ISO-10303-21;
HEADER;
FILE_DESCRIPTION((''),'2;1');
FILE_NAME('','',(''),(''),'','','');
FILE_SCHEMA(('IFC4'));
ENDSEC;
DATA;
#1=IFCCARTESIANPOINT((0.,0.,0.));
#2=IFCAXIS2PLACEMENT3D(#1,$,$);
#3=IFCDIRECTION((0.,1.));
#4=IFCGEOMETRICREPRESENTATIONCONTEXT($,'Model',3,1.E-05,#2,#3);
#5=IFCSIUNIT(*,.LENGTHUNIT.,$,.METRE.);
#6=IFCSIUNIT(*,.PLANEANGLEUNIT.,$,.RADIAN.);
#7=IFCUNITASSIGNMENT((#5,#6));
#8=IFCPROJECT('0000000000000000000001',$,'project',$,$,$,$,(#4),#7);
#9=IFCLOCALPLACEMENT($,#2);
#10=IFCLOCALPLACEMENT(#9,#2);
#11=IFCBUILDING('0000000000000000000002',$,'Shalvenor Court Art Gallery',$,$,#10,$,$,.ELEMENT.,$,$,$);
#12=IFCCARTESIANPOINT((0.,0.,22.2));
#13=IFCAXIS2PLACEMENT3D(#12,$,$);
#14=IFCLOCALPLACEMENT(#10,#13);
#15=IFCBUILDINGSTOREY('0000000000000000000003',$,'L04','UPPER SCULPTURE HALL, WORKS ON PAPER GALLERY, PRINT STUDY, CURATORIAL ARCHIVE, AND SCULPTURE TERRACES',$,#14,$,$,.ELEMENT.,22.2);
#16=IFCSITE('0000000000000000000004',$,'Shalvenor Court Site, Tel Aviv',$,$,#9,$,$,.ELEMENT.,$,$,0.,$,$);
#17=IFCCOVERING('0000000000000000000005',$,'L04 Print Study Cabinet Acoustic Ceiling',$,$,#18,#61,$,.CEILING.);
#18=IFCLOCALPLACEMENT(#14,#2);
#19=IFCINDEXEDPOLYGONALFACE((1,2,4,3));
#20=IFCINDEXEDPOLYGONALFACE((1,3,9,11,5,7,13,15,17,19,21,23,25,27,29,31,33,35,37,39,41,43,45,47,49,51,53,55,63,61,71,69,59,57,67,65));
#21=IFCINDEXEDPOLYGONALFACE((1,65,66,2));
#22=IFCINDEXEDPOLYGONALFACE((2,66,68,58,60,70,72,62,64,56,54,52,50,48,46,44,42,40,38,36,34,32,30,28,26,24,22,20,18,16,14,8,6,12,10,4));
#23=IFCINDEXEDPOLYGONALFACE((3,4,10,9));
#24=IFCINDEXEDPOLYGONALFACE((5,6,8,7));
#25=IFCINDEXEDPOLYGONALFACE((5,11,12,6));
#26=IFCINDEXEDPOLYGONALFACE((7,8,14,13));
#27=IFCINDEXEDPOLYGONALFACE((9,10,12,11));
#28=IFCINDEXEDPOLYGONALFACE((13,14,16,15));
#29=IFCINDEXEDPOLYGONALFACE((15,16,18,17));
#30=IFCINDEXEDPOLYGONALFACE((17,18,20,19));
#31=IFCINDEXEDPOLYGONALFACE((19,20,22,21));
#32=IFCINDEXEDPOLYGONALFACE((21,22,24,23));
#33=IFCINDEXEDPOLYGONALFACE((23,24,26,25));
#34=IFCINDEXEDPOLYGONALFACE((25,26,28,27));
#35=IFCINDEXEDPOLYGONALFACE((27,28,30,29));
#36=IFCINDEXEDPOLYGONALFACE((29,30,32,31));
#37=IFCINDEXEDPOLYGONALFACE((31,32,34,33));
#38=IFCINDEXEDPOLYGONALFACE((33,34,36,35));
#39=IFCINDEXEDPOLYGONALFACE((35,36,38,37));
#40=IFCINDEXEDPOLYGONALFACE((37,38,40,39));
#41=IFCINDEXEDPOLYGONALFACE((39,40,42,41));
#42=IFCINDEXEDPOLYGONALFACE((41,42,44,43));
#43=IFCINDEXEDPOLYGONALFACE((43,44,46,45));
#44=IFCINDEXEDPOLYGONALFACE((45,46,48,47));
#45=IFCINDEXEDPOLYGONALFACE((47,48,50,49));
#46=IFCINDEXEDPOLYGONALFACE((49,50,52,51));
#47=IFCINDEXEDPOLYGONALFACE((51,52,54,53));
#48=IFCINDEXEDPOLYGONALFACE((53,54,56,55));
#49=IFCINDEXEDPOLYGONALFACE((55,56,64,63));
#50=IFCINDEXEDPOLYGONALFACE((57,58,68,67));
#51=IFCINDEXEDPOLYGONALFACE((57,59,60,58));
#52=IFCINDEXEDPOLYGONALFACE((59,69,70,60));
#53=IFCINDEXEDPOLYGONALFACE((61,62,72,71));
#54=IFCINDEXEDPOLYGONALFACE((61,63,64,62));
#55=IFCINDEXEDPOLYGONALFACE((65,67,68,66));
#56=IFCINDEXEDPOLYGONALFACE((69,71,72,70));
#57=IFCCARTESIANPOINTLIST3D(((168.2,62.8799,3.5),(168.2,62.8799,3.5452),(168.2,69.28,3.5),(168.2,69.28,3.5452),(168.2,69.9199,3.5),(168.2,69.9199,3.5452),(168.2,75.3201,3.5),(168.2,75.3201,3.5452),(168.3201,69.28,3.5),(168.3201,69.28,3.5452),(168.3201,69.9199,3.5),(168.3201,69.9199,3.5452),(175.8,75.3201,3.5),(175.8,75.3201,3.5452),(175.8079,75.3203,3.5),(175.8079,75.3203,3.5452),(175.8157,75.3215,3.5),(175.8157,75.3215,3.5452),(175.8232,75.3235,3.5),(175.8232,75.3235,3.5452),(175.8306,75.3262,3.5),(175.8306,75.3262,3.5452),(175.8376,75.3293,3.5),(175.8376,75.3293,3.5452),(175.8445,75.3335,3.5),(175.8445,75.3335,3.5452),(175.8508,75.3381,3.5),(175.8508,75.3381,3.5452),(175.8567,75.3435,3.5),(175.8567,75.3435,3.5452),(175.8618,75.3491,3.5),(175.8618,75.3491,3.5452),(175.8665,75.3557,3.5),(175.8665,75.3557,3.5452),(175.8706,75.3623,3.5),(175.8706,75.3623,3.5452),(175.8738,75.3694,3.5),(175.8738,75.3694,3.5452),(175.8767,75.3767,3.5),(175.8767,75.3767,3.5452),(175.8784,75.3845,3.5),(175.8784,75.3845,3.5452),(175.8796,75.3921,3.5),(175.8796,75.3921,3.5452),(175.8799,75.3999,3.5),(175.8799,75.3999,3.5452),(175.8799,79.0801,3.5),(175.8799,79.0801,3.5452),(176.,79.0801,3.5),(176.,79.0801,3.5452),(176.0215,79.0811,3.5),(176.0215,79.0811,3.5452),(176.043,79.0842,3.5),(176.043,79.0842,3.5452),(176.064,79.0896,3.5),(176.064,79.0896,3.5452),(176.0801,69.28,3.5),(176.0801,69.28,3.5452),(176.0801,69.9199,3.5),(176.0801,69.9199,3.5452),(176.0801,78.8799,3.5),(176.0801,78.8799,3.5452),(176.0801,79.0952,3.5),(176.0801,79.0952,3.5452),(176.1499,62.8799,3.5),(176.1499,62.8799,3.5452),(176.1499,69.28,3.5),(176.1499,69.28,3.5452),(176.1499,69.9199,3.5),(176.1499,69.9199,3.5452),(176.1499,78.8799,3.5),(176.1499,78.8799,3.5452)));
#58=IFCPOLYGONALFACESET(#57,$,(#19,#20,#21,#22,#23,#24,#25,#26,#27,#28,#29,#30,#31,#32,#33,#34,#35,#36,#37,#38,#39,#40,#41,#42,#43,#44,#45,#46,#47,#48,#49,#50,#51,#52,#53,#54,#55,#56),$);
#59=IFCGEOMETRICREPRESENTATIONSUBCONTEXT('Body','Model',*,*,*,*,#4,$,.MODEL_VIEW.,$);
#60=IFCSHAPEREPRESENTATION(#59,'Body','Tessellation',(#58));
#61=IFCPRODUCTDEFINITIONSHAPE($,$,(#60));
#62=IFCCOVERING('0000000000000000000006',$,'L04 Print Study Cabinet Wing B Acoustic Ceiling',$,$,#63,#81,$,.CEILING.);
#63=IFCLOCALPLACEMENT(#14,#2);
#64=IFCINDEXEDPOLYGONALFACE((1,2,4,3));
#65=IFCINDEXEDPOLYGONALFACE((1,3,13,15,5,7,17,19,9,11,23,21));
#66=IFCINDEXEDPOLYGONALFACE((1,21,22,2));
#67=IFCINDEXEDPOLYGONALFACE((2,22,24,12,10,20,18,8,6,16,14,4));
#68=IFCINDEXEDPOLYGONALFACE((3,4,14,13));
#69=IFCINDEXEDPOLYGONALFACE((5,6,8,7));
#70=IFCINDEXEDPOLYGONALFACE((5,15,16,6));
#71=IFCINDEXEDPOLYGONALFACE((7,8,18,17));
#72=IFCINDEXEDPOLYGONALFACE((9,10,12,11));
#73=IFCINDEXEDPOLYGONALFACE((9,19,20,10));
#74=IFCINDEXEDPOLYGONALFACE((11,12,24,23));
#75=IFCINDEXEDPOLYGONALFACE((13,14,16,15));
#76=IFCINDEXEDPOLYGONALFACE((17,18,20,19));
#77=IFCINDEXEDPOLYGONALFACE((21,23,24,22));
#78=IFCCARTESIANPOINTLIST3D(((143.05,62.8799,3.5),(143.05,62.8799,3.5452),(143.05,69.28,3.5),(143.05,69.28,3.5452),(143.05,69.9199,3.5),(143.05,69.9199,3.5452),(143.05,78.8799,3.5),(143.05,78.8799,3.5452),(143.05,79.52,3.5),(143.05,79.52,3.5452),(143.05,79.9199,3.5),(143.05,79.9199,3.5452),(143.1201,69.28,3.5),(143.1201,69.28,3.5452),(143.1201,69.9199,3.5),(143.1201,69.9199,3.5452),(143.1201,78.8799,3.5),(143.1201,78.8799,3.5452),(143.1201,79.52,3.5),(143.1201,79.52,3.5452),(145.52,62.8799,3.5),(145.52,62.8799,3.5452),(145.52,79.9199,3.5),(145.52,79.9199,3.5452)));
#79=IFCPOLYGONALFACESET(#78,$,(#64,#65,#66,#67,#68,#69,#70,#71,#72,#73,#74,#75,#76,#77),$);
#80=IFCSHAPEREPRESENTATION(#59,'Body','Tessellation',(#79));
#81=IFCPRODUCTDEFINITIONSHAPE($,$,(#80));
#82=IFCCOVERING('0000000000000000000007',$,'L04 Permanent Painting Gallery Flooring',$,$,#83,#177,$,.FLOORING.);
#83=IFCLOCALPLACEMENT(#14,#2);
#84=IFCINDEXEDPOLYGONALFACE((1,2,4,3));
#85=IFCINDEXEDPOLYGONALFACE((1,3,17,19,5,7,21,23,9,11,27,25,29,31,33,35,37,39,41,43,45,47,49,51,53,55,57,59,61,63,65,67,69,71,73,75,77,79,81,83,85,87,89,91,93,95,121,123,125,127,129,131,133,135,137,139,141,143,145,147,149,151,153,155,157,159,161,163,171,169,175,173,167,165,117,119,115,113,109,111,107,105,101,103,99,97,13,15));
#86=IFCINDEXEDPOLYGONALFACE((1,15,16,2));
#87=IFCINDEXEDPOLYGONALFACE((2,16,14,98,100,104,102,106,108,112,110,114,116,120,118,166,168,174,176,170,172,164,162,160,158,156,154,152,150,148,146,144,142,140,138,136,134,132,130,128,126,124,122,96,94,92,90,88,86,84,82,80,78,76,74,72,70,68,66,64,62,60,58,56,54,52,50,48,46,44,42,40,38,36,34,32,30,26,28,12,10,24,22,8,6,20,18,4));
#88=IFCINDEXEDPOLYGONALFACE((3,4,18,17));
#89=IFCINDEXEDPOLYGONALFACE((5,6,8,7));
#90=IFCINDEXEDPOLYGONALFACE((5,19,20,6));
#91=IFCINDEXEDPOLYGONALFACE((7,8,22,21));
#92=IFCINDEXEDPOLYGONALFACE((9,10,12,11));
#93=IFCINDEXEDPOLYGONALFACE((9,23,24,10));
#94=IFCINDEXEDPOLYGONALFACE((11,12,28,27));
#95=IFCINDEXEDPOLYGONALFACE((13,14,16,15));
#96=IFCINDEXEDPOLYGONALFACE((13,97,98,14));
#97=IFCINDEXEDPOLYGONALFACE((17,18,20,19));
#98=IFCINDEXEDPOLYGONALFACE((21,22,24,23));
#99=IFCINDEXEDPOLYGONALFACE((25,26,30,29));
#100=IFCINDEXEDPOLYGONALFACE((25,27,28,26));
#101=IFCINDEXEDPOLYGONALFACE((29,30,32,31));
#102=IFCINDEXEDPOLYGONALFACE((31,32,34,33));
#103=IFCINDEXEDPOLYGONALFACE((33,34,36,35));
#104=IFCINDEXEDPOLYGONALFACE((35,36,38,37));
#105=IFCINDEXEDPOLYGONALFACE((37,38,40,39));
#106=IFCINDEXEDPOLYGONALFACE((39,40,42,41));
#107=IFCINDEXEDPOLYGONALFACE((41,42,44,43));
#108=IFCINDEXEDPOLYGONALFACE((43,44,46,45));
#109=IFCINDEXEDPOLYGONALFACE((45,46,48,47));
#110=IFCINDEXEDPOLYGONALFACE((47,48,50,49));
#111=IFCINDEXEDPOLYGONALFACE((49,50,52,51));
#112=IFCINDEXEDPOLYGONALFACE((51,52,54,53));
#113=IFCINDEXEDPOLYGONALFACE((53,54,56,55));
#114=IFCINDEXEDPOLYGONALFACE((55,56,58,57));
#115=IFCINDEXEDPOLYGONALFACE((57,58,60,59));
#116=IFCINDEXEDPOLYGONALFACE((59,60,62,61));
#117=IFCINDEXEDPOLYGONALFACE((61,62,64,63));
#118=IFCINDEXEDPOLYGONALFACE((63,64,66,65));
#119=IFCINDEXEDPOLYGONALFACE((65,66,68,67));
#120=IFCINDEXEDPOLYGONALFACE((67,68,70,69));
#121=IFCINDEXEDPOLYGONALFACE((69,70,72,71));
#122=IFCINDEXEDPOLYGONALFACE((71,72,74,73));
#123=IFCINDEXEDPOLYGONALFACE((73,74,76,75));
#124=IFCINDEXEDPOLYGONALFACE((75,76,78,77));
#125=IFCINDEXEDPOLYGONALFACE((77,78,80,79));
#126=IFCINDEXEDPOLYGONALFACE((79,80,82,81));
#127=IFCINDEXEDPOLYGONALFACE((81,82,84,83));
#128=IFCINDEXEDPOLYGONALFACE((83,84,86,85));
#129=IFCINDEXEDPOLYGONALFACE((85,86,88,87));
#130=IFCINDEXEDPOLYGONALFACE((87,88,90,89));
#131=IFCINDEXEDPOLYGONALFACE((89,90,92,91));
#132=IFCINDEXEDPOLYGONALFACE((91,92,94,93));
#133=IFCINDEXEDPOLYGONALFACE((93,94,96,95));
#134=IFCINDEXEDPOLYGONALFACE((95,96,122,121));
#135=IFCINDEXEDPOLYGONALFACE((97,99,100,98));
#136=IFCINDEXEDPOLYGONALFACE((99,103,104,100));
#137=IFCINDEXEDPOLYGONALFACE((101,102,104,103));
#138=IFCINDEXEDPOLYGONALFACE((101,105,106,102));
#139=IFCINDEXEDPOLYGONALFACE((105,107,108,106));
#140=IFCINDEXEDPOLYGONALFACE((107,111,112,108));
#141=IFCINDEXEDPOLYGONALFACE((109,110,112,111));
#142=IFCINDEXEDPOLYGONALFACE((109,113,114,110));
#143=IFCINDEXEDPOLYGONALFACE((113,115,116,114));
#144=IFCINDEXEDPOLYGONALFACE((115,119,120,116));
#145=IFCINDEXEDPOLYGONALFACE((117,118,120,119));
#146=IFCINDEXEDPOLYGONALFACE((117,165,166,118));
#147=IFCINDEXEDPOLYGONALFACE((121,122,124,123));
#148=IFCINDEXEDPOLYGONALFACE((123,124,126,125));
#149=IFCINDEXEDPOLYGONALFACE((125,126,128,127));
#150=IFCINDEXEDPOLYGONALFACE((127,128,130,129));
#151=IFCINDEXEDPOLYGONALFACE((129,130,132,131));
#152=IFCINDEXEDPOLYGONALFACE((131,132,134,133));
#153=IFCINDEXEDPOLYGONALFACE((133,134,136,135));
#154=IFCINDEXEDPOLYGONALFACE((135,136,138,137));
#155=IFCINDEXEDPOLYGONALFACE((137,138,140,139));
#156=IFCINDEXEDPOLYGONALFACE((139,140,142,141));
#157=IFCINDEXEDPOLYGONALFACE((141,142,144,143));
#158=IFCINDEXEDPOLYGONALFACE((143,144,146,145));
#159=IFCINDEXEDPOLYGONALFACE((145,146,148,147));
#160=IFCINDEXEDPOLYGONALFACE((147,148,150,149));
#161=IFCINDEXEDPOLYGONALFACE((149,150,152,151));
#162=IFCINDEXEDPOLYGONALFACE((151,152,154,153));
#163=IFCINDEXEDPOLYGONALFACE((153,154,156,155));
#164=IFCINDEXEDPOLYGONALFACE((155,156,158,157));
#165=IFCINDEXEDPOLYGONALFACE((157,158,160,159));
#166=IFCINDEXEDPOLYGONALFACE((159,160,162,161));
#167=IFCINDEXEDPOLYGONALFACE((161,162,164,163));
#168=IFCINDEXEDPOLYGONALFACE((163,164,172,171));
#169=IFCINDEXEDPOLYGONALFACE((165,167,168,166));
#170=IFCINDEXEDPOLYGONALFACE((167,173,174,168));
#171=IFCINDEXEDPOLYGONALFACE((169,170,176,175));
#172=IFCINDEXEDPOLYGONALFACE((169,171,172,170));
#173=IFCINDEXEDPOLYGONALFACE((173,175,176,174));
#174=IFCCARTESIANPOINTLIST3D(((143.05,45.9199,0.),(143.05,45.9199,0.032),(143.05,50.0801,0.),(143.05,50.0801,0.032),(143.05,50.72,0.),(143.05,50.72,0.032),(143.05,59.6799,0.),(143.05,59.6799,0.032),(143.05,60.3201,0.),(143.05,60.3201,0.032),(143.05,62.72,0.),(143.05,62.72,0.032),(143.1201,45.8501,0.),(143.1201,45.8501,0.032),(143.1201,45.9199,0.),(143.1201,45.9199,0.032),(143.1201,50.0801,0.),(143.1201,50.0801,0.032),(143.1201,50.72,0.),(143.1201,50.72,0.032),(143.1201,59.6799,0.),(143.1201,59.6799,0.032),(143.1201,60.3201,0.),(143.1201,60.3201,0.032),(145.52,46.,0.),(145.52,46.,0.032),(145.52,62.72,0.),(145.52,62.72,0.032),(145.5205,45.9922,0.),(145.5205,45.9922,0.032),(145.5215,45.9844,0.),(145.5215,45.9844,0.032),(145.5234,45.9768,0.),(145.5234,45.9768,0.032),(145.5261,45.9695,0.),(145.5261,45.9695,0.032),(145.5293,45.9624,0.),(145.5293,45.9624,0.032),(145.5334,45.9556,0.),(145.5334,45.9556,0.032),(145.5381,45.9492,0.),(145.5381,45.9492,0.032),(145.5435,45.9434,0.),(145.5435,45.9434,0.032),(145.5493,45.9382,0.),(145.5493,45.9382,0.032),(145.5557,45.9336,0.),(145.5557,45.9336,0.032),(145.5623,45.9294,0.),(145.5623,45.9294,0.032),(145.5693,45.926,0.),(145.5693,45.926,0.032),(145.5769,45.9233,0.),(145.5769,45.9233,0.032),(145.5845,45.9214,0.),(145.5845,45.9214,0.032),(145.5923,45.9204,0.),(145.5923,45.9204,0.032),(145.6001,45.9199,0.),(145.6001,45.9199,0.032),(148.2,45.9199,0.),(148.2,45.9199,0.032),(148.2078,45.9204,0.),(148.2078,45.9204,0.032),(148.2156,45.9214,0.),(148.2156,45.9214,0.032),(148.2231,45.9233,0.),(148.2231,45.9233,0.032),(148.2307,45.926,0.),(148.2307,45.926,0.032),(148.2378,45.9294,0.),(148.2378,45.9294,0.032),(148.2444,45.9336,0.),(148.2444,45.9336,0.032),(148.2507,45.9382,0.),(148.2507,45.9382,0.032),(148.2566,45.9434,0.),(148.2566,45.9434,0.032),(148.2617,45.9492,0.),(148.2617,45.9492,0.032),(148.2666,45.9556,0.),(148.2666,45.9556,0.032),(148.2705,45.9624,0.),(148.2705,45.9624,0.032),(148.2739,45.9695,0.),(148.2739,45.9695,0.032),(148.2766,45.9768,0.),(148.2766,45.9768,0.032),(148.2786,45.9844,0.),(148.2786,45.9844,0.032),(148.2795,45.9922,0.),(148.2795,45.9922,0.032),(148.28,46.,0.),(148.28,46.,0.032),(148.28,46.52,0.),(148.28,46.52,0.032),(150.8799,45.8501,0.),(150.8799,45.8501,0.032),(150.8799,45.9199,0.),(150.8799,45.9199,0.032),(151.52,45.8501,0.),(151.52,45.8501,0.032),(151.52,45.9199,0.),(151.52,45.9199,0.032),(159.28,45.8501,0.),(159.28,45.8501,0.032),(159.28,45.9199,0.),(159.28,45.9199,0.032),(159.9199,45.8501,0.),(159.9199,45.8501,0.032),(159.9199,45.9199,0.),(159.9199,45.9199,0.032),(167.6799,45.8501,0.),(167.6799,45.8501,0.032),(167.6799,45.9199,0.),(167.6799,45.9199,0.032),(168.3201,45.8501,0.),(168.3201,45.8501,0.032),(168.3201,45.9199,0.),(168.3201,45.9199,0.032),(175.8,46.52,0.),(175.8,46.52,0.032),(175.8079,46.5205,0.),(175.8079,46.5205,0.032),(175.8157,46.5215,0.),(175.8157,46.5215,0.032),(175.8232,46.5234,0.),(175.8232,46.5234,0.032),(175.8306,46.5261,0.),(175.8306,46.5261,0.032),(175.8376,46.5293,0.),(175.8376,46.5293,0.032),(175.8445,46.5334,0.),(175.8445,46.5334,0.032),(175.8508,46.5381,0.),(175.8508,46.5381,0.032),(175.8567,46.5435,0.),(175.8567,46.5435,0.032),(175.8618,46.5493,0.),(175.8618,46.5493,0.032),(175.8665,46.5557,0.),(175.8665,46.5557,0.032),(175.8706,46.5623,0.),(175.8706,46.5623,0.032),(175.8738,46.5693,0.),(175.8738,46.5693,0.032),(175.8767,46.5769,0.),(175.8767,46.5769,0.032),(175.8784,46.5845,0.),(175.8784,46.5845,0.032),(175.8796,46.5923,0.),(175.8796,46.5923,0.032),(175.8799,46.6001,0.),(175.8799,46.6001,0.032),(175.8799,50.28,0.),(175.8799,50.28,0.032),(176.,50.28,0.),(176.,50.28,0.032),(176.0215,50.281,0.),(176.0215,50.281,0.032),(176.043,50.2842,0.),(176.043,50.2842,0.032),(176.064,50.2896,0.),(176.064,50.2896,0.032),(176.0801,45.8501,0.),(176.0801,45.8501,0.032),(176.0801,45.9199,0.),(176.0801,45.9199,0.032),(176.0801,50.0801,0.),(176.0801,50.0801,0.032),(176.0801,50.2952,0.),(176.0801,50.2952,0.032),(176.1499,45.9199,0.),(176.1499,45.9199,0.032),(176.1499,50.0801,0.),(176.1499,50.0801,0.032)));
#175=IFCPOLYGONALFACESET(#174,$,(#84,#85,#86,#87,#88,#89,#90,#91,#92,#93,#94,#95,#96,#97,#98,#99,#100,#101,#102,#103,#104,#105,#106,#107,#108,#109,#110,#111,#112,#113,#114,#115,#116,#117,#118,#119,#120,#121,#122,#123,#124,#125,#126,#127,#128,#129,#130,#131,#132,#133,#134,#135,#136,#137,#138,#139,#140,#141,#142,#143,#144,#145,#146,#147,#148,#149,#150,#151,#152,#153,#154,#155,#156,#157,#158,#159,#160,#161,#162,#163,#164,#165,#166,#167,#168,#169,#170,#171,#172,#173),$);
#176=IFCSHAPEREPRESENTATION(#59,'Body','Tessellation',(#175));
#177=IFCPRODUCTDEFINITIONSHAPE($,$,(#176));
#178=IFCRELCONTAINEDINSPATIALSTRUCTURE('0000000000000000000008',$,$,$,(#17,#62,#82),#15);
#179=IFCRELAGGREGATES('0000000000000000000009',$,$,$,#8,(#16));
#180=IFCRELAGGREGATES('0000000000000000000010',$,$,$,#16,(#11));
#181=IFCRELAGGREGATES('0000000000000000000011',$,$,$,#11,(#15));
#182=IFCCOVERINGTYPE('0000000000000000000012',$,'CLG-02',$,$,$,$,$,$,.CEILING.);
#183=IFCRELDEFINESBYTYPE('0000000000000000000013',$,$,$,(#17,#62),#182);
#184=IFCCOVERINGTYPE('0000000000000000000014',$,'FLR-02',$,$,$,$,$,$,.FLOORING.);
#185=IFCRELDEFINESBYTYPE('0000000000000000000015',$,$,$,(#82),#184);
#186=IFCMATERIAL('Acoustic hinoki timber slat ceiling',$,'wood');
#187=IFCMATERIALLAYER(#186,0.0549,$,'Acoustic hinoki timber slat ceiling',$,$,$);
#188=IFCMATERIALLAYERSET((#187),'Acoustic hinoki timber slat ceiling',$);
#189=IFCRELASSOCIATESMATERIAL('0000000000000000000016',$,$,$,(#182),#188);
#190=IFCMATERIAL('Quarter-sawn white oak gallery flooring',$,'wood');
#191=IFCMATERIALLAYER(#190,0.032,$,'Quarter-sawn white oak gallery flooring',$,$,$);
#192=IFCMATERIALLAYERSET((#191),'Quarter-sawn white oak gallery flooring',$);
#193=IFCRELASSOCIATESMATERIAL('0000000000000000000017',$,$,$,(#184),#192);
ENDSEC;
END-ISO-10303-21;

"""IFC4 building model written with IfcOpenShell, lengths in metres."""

from ifc_helpers import new_model, si_unit, direction, frame, origin, place, context, subcontext, project, spatial, polyline, outline, extrude, material, layer, layer_set, type_object, element, save


model = new_model("IFC4")

# Units and contexts
model_context = context("Model", 3, precision=1e-05, world=origin(), true_north=direction((0.0, 1.0)))
body_context = subcontext(model_context, "Body", "Model", "MODEL_VIEW")
ifc_project = project(units=[si_unit("LENGTHUNIT", "METRE"), si_unit("PLANEANGLEUNIT", "RADIAN")], contexts=[model_context])

# Site, building, storey
site_placement = place(None, origin())
site = spatial("IfcSite", under=ifc_project, at=site_placement, Name="Shalvenor Court Site, Tel Aviv", CompositionType="ELEMENT", RefElevation=0.0)
building_placement = place(site_placement, origin())
building = spatial("IfcBuilding", under=site, at=building_placement, Name="Shalvenor Court Art Gallery", CompositionType="ELEMENT")
storey_placement = place(building_placement, frame((0.0, 0.0, 22.2)))
storey = spatial("IfcBuildingStorey", under=building, at=storey_placement, Name="L04", Description="UPPER SCULPTURE HALL, WORKS ON PAPER GALLERY, PRINT STUDY, CURATORIAL ARCHIVE, AND SCULPTURE TERRACES", CompositionType="ELEMENT", Elevation=22.2)

# Coverings
ifc_material_1 = material(Name="Acoustic hinoki timber slat ceiling", Category="wood")
ifc_layer_1 = layer(ifc_material_1, 0.0549, Name="Acoustic hinoki timber slat ceiling")
ifc_layer_set_1 = layer_set([ifc_layer_1], Name="Acoustic hinoki timber slat ceiling")
covering_type_1 = type_object("IfcCoveringType", Name="CLG-02", PredefinedType="CEILING", material=ifc_layer_set_1)
covering_1_placement = place(storey_placement, frame((0.0, 0.0, 3.5)))
element("IfcCovering", 1, at=covering_1_placement, inside=storey, type_object=covering_type_1, Name="L04 Print Study Cabinet Acoustic Ceiling", PredefinedType="CEILING", context=body_context, shape_type="SweptSolid", body=[
    extrude(outline(polyline([(175.8, 75.3201), (175.8079, 75.3203), (175.8157, 75.3215), (175.8232, 75.3235), (175.8306, 75.3262), (175.8376, 75.3293), (175.8445, 75.3335), (175.8508, 75.3381), (175.8567, 75.3435), (175.8618, 75.3491), (175.8665, 75.3557), (175.8706, 75.3623), (175.8738, 75.3694), (175.8767, 75.3767), (175.8784, 75.3845), (175.8796, 75.3921), (175.8799, 75.3999), (175.8799, 79.0801), (176.0, 79.0801), (176.0215, 79.0811), (176.043, 79.0842), (176.064, 79.0896), (176.0801, 79.0952), (176.0801, 78.8799), (176.1499, 78.8799), (176.1499, 69.9199), (176.0801, 69.9199), (176.0801, 69.28), (176.1499, 69.28), (176.1499, 62.8799), (168.2, 62.8799), (168.2, 69.28), (168.3201, 69.28), (168.3201, 69.9199), (168.2, 69.9199), (168.2, 75.3201), (175.8, 75.3201)])), origin(), (0.0, 0.0, 1.0), 0.0452),
])
covering_2_placement = place(storey_placement, frame((0.0, 0.0, 3.5)))
element("IfcCovering", 2, at=covering_2_placement, inside=storey, type_object=covering_type_1, Name="L04 Print Study Cabinet Wing B Acoustic Ceiling", PredefinedType="CEILING", context=body_context, shape_type="SweptSolid", body=[
    extrude(outline(polyline([(143.05, 62.8799), (143.05, 69.28), (143.1201, 69.28), (143.1201, 69.9199), (143.05, 69.9199), (143.05, 78.8799), (143.1201, 78.8799), (143.1201, 79.52), (143.05, 79.52), (143.05, 79.9199), (145.52, 79.9199), (145.52, 62.8799), (143.05, 62.8799)])), origin(), (0.0, 0.0, 1.0), 0.0452),
])
ifc_material_2 = material(Name="Quarter-sawn white oak gallery flooring", Category="wood")
ifc_layer_2 = layer(ifc_material_2, 0.032, Name="Quarter-sawn white oak gallery flooring")
ifc_layer_set_2 = layer_set([ifc_layer_2], Name="Quarter-sawn white oak gallery flooring")
covering_type_2 = type_object("IfcCoveringType", Name="FLR-02", PredefinedType="FLOORING", material=ifc_layer_set_2)
covering_3_placement = place(storey_placement, origin())
element("IfcCovering", 3, at=covering_3_placement, inside=storey, type_object=covering_type_2, Name="L04 Permanent Painting Gallery Flooring", PredefinedType="FLOORING", context=body_context, shape_type="SweptSolid", body=[
    extrude(outline(polyline([(145.5205, 45.9922), (145.5215, 45.9844), (145.5234, 45.9768), (145.5261, 45.9695), (145.5293, 45.9624), (145.5334, 45.9556), (145.5381, 45.9492), (145.5435, 45.9434), (145.5493, 45.9382), (145.5557, 45.9336), (145.5623, 45.9294), (145.5693, 45.926), (145.5769, 45.9233), (145.5845, 45.9214), (145.5923, 45.9204), (145.6001, 45.9199), (148.2, 45.9199), (148.2078, 45.9204), (148.2156, 45.9214), (148.2231, 45.9233), (148.2307, 45.926), (148.2378, 45.9294), (148.2444, 45.9336), (148.2507, 45.9382), (148.2566, 45.9434), (148.2617, 45.9492), (148.2666, 45.9556), (148.2705, 45.9624), (148.2739, 45.9695), (148.2766, 45.9768), (148.2786, 45.9844), (148.2795, 45.9922), (148.28, 46.0), (148.28, 46.52), (175.8, 46.52), (175.8079, 46.5205), (175.8157, 46.5215), (175.8232, 46.5234), (175.8306, 46.5261), (175.8376, 46.5293), (175.8445, 46.5334), (175.8508, 46.5381), (175.8567, 46.5435), (175.8618, 46.5493), (175.8665, 46.5557), (175.8706, 46.5623), (175.8738, 46.5693), (175.8767, 46.5769), (175.8784, 46.5845), (175.8796, 46.5923), (175.8799, 46.6001), (175.8799, 50.28), (176.0, 50.28), (176.0215, 50.281), (176.043, 50.2842), (176.064, 50.2896), (176.0801, 50.2952), (176.0801, 50.0801), (176.1499, 50.0801), (176.1499, 45.9199), (176.0801, 45.9199), (176.0801, 45.8501), (168.3201, 45.8501), (168.3201, 45.9199), (167.6799, 45.9199), (167.6799, 45.8501), (159.9199, 45.8501), (159.9199, 45.9199), (159.28, 45.9199), (159.28, 45.8501), (151.52, 45.8501), (151.52, 45.9199), (150.8799, 45.9199), (150.8799, 45.8501), (143.1201, 45.8501), (143.1201, 45.9199), (143.05, 45.9199), (143.05, 50.0801), (143.1201, 50.0801), (143.1201, 50.72), (143.05, 50.72), (143.05, 59.6799), (143.1201, 59.6799), (143.1201, 60.3201), (143.05, 60.3201), (143.05, 62.72), (145.52, 62.72), (145.52, 46.0), (145.5205, 45.9922)])), origin(), (0.0, 0.0, 1.0), 0.032),
])

save(model, "model.ifc")
